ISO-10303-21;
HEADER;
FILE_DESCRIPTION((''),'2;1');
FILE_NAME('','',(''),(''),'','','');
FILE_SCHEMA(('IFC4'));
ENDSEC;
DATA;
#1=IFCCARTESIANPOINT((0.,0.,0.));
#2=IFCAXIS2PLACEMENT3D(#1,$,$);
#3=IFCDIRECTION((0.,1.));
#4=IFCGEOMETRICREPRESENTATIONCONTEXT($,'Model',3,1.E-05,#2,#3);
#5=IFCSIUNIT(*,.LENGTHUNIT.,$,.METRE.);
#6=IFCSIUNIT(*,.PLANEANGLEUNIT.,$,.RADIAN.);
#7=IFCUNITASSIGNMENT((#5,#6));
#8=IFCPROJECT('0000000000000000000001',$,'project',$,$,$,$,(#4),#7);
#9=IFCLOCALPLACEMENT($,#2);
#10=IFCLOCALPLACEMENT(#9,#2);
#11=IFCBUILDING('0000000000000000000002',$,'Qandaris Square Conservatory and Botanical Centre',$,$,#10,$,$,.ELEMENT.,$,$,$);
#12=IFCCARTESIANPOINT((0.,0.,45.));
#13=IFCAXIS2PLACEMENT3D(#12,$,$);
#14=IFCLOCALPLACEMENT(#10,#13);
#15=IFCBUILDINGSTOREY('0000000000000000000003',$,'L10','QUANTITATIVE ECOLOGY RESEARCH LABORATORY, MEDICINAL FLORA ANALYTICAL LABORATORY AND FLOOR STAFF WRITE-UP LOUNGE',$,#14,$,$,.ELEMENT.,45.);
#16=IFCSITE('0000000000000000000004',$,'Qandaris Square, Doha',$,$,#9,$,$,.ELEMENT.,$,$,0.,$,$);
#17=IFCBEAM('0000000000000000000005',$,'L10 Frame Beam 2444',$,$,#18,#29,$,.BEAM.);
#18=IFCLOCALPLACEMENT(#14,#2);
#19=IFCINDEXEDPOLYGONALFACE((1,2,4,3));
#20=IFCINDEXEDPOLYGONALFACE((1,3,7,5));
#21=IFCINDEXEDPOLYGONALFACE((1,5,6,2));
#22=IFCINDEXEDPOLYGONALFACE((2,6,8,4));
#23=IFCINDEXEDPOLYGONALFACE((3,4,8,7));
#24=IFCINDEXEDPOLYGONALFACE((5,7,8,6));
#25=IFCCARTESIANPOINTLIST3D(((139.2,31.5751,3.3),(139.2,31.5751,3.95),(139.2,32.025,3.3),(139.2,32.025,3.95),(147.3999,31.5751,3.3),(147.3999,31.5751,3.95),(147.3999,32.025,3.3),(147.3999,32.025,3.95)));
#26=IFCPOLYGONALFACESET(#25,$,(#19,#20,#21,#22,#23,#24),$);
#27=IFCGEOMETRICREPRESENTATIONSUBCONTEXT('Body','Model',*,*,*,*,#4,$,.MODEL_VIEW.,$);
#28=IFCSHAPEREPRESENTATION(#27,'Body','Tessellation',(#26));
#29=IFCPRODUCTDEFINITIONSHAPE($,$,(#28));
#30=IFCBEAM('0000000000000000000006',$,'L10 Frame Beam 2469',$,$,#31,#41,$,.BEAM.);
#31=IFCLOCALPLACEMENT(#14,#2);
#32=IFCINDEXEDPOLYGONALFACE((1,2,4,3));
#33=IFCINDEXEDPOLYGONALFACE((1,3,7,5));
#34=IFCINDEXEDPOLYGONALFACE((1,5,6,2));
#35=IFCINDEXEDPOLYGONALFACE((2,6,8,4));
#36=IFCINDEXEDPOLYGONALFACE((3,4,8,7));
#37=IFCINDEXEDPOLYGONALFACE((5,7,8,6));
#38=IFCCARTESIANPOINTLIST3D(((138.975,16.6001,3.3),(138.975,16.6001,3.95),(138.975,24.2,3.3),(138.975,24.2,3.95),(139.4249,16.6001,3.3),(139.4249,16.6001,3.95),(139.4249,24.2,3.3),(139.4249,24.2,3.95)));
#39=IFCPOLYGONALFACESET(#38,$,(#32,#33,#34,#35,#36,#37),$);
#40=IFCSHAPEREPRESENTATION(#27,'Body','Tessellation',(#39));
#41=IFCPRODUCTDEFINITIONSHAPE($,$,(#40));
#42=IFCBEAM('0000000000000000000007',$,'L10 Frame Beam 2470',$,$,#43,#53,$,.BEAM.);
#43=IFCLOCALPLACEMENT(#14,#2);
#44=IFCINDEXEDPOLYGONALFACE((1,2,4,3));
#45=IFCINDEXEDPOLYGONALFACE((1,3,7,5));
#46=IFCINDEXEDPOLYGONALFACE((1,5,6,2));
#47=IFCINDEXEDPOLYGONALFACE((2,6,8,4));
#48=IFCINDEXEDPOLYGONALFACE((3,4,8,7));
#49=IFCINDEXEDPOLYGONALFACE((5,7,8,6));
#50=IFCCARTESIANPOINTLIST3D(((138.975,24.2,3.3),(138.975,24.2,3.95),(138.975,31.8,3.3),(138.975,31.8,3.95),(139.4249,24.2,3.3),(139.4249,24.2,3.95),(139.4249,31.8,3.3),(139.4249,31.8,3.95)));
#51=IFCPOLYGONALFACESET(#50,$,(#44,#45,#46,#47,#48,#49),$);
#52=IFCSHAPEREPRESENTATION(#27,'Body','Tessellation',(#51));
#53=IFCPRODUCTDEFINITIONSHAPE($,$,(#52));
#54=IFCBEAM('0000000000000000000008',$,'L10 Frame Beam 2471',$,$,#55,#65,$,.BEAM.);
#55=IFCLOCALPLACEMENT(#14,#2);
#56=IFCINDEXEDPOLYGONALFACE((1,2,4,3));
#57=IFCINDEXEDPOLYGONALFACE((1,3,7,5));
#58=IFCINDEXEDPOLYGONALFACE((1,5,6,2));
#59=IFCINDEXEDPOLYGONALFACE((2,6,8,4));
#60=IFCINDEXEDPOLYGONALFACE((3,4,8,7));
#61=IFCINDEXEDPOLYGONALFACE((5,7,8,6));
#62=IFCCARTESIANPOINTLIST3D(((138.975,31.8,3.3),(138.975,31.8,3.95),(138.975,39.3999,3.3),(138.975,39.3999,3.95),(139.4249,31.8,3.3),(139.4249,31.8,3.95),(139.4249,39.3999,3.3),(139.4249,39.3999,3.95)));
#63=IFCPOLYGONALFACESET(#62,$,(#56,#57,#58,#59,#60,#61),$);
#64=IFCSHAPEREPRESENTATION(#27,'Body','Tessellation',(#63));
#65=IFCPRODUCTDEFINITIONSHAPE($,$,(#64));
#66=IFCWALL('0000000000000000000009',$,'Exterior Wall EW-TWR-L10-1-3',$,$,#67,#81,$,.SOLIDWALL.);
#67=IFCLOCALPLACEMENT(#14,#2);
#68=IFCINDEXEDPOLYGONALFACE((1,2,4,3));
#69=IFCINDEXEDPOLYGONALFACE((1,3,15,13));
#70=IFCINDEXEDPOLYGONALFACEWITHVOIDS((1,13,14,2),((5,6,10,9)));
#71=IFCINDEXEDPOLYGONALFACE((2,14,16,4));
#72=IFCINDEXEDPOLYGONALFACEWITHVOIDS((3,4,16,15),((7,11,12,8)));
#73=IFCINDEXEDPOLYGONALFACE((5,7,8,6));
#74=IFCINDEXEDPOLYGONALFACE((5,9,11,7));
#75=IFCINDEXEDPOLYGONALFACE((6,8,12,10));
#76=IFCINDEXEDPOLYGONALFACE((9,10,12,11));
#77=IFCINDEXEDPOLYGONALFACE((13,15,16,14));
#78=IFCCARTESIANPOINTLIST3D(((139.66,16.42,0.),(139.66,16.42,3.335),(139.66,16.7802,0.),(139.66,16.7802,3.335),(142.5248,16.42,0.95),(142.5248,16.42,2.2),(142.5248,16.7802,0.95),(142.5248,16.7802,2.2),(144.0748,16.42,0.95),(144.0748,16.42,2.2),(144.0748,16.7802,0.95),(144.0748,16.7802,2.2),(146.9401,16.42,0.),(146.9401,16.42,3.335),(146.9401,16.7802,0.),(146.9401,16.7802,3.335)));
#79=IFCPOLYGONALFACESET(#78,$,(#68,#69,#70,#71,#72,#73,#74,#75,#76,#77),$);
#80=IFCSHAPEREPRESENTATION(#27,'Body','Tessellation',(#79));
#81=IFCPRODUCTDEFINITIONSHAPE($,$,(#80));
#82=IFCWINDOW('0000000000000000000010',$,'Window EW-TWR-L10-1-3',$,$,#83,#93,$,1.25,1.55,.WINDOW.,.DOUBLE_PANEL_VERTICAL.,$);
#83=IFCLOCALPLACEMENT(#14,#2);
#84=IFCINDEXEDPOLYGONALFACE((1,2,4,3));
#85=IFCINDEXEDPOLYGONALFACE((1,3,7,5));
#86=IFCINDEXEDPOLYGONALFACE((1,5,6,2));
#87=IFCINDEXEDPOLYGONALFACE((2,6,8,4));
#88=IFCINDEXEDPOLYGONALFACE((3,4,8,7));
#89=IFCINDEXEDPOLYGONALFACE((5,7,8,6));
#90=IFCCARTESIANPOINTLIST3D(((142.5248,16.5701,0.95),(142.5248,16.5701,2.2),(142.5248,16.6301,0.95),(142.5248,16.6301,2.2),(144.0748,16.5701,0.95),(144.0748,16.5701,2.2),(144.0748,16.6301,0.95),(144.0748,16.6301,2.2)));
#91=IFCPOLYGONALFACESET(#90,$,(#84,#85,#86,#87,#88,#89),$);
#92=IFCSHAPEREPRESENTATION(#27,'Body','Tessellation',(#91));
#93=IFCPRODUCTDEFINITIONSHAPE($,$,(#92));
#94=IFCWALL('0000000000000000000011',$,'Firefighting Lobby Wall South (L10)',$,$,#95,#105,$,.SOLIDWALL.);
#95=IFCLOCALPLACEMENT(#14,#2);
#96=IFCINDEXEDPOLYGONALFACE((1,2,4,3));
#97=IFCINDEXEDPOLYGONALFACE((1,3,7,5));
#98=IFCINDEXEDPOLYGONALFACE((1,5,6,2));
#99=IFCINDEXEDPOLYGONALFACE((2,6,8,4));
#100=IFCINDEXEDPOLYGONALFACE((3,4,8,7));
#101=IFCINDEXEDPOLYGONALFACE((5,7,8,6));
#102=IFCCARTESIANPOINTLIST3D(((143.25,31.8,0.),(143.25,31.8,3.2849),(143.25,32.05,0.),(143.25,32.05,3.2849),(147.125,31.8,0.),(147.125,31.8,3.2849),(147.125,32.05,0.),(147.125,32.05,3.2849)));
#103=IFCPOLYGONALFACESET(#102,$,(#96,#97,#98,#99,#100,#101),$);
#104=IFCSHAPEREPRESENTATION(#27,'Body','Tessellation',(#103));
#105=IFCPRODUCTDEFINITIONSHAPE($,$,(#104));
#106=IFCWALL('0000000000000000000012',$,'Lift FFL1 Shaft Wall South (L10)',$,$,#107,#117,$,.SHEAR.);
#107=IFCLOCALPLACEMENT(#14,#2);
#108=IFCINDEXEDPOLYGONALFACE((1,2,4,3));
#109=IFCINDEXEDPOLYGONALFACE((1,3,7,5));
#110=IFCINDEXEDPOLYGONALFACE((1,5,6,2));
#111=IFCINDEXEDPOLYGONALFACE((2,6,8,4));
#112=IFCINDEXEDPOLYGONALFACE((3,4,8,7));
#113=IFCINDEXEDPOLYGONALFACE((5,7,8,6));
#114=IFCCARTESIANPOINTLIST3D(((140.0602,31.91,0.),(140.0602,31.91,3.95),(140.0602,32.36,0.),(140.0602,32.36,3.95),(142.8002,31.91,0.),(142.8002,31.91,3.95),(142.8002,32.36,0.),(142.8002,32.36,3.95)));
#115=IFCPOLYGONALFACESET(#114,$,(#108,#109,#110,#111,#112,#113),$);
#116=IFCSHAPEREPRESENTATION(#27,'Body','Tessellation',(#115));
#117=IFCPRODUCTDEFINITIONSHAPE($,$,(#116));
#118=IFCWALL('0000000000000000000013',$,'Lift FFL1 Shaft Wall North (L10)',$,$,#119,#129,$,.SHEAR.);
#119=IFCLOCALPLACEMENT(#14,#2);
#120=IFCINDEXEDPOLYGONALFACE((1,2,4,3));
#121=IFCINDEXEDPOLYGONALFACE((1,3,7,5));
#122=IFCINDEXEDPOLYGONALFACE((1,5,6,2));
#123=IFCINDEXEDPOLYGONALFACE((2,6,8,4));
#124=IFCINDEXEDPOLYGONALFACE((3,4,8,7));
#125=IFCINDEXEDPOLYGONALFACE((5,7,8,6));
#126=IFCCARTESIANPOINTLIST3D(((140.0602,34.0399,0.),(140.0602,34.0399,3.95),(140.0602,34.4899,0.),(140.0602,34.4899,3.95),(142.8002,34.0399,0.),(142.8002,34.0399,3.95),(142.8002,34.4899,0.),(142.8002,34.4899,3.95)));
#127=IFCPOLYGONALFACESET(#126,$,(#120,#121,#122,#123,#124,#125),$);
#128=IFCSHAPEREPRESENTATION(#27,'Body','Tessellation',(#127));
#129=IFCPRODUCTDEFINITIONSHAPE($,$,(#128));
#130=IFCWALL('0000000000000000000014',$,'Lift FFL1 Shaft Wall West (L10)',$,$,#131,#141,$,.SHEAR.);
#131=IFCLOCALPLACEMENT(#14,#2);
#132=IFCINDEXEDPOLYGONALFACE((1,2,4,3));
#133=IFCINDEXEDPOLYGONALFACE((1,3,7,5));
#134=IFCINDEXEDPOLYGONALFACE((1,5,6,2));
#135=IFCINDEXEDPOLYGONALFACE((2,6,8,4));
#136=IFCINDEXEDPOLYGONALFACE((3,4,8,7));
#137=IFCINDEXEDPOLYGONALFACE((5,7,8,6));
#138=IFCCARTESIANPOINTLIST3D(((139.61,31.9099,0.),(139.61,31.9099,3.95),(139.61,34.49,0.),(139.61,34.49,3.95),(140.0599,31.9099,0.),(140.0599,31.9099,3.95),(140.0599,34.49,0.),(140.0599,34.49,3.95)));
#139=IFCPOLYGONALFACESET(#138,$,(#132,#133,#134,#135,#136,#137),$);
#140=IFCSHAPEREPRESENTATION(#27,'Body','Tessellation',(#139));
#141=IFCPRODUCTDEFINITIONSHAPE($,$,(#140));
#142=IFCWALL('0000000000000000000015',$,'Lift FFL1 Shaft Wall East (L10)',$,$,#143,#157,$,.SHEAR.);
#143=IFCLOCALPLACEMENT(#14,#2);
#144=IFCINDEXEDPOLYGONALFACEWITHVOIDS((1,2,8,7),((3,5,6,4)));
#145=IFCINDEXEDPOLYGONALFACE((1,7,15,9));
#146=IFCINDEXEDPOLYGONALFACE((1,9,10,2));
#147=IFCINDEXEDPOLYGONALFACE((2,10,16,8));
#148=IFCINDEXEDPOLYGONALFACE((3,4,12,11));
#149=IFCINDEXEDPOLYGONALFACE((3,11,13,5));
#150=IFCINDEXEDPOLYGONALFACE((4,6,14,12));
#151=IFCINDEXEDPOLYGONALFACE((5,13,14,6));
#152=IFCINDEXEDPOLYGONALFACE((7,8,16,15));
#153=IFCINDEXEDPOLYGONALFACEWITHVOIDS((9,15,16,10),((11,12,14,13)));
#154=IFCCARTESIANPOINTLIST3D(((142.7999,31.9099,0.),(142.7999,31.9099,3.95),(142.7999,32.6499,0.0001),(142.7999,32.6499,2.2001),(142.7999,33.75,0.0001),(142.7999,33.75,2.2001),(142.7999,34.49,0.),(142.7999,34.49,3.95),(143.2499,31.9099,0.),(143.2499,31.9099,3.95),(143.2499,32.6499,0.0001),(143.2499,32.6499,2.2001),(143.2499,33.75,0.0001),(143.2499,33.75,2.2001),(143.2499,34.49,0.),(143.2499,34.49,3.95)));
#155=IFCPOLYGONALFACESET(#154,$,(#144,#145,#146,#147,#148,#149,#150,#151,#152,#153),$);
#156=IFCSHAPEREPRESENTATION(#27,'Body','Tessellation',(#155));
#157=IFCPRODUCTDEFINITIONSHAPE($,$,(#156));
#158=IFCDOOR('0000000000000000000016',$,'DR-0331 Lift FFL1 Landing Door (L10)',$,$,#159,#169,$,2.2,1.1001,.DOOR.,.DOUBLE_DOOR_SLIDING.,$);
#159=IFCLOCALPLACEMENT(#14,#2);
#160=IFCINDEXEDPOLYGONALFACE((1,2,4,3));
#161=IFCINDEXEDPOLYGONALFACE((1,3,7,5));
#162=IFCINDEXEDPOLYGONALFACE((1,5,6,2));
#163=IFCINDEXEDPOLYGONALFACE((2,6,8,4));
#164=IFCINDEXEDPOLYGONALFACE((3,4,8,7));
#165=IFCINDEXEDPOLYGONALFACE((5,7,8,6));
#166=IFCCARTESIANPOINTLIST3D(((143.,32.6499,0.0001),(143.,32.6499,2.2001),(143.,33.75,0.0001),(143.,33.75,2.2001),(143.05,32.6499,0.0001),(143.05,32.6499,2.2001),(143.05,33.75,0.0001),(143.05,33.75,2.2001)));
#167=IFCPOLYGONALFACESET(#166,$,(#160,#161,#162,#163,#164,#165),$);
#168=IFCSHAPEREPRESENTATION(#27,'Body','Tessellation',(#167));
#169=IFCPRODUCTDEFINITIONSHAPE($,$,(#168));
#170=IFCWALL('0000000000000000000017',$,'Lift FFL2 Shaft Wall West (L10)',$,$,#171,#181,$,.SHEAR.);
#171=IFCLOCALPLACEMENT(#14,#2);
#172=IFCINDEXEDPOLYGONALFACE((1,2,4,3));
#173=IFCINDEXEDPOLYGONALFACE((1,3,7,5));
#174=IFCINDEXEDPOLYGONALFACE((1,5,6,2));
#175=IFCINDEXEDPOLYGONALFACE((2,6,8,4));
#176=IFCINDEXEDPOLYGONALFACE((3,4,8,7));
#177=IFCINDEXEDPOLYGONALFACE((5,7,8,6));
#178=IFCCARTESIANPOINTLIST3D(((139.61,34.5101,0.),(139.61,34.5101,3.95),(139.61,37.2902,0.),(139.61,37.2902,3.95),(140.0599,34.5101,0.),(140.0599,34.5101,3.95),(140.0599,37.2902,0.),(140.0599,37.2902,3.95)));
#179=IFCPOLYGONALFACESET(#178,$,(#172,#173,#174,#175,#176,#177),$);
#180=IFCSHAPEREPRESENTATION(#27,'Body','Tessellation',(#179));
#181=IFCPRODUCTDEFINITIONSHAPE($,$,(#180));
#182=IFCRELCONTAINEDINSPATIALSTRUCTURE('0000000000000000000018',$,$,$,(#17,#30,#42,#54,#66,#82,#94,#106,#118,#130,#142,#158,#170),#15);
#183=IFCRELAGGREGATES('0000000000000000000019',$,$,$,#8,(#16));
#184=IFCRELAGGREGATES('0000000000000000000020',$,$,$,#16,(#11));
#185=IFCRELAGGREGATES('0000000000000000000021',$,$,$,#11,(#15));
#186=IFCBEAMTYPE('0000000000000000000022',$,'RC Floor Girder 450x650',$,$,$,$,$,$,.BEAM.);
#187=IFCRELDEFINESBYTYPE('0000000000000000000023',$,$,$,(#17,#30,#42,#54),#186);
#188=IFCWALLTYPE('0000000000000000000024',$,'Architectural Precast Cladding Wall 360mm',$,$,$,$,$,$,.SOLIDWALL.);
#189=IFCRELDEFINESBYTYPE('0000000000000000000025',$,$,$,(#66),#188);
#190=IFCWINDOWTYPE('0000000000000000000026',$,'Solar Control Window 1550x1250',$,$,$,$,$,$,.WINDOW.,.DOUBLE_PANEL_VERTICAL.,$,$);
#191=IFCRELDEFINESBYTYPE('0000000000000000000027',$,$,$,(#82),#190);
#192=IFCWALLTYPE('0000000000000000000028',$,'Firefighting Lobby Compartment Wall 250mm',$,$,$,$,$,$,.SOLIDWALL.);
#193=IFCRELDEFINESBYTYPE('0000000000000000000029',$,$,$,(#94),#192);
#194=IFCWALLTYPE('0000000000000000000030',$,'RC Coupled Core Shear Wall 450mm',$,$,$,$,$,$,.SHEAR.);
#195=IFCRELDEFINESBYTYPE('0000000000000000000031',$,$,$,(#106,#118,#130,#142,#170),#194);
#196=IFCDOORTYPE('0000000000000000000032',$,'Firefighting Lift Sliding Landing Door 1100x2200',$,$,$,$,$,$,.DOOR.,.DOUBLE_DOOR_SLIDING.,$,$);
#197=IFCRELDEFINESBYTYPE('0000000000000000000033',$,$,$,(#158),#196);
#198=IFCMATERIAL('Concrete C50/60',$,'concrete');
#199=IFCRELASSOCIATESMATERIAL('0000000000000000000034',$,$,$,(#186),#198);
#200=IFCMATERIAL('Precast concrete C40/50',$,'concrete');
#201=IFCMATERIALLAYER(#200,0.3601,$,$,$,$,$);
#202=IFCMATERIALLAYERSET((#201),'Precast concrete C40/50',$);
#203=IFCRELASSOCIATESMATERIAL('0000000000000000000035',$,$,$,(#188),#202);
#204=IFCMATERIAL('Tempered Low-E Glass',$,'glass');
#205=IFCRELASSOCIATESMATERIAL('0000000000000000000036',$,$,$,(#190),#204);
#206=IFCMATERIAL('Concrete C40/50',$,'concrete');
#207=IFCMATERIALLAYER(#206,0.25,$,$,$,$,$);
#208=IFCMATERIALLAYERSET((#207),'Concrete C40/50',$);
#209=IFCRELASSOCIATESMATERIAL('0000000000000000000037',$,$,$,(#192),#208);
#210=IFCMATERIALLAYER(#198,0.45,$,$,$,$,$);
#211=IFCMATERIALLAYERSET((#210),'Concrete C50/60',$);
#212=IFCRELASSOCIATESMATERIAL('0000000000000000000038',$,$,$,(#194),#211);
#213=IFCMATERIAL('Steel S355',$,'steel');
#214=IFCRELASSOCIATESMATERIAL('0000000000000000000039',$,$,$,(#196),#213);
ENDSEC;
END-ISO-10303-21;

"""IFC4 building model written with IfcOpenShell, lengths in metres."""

from ifc_helpers import new_model, si_unit, direction, frame, frame_2d, origin, origin_2d, place, context, subcontext, project, spatial, rectangle, extrude, material, layer, layer_set, material_profile, profile_set, type_object, element, fill, save


model = new_model("IFC4")

# Units and contexts
model_context = context("Model", 3, precision=1e-05, world=origin(), true_north=direction((0.0, 1.0)))
body_context = subcontext(model_context, "Body", "Model", "MODEL_VIEW")
ifc_project = project(units=[si_unit("LENGTHUNIT", "METRE"), si_unit("PLANEANGLEUNIT", "RADIAN")], contexts=[model_context])

# Site, building, storey
site_placement = place(None, origin())
site = spatial("IfcSite", under=ifc_project, at=site_placement, Name="Qandaris Square, Doha", CompositionType="ELEMENT", RefElevation=0.0)
building_placement = place(site_placement, origin())
building = spatial("IfcBuilding", under=site, at=building_placement, Name="Qandaris Square Conservatory and Botanical Centre", CompositionType="ELEMENT")
storey_placement = place(building_placement, frame((0.0, 0.0, 45.0)))
storey = spatial("IfcBuildingStorey", under=building, at=storey_placement, Name="L10", Description="QUANTITATIVE ECOLOGY RESEARCH LABORATORY, MEDICINAL FLORA ANALYTICAL LABORATORY AND FLOOR STAFF WRITE-UP LOUNGE", CompositionType="ELEMENT", Elevation=45.0)

# Shared definitions
ifc_material_1 = material(Name="Concrete C50/60", Category="concrete")

# Beams
ifc_material_2 = material(Name="Steel S355", Category="steel")
ifc_material_profile_1 = material_profile(ifc_material_1, rectangle(XDim=0.45, YDim=0.6499, at=origin_2d()), Name="RC-BM 450x650")
ifc_profile_set_1 = profile_set([ifc_material_profile_1], Name="Concrete C50/60")
beam_type_1 = type_object("IfcBeamType", Name="RC Floor Girder 450x650", PredefinedType="BEAM", material=ifc_profile_set_1)
for number, where, z_axis, x_axis, name in (
    (1, (139.2, 31.8, 3.625), (1.0, 0.0, 0.0), (0.0, 1.0, 0.0), "L10 Frame Beam 2444"),
):
    element("IfcBeam", number, at=place(storey_placement, frame(where, z_axis=z_axis, x_axis=x_axis)), inside=storey, type_object=beam_type_1, Name=name, PredefinedType="BEAM", context=body_context, shape_type="SweptSolid", body=[
        extrude(rectangle(XDim=0.45, YDim=0.6499, at=origin_2d()), origin(), (0.0, 0.0, 1.0), 8.2),
    ])
beam_1_placement = place(storey_placement, frame((139.2, 16.6001, 3.625), z_axis=(0.0, 1.0, 0.0), x_axis=(-1.0, 0.0, 0.0)))
element("IfcBeam", 2, at=beam_1_placement, inside=storey, type_object=beam_type_1, Name="L10 Frame Beam 2469", PredefinedType="BEAM", context=body_context, shape_type="SweptSolid", body=[
    extrude(rectangle(XDim=0.45, YDim=0.6499, at=origin_2d()), origin(), (0.0, 0.0, 1.0), 7.5999),
])
beam_2_placement = place(storey_placement, frame((139.2, 24.2, 3.625), z_axis=(0.0, 1.0, 0.0), x_axis=(-1.0, 0.0, 0.0)))
element("IfcBeam", 3, at=beam_2_placement, inside=storey, type_object=beam_type_1, Name="L10 Frame Beam 2470", PredefinedType="BEAM", context=body_context, shape_type="SweptSolid", body=[
    extrude(rectangle(XDim=0.45, YDim=0.6499, at=origin_2d()), origin(), (0.0, 0.0, 1.0), 7.6001),
])
beam_3_placement = place(storey_placement, frame((139.2, 31.8, 3.625), z_axis=(0.0, 1.0, 0.0), x_axis=(-1.0, 0.0, 0.0)))
element("IfcBeam", 4, at=beam_3_placement, inside=storey, type_object=beam_type_1, Name="L10 Frame Beam 2471", PredefinedType="BEAM", context=body_context, shape_type="SweptSolid", body=[
    extrude(rectangle(XDim=0.45, YDim=0.6499, at=origin_2d()), origin(), (0.0, 0.0, 1.0), 7.5999),
])

# Wall, opening, window
ifc_material_3 = material(Name="Precast concrete C40/50", Category="concrete")
ifc_layer_1 = layer(ifc_material_3, 0.3601)
ifc_layer_set_1 = layer_set([ifc_layer_1], Name="Precast concrete C40/50")
wall_type_1 = type_object("IfcWallType", Name="Architectural Precast Cladding Wall 360mm", PredefinedType="SOLIDWALL", material=ifc_layer_set_1)
wall_1_placement = place(storey_placement, frame((139.6599, 16.6001, 0.0), z_axis=(0.0, 0.0, 1.0), x_axis=(1.0, 0.0, 0.0)))
wall_1 = element("IfcWall", 5, at=wall_1_placement, inside=storey, type_object=wall_type_1, Name="Exterior Wall EW-TWR-L10-1-3", PredefinedType="SOLIDWALL", context=body_context, shape_type="SweptSolid", body=[
    extrude(rectangle(XDim=7.28, YDim=0.3601, at=frame_2d((3.6401, 0.0))), origin(), (0.0, 0.0, 1.0), 3.335),
])
opening_1_placement = place(wall_1_placement, frame((2.865, 0.0, 0.95)))
opening_1 = element("IfcOpeningElement", 6, at=opening_1_placement, cuts=wall_1, PredefinedType="OPENING", context=body_context, shape_type="SweptSolid", body=[
    extrude(rectangle(XDim=1.55, YDim=1.25, at=frame_2d((0.7749, 0.625))), frame((0.0, 0.1919, 0.0), z_axis=(0.0, -1.0, 0.0), x_axis=(1.0, 0.0, 0.0)), (0.0, 0.0, 1.0), 0.384),
])
ifc_material_4 = material(Name="Tempered Low-E Glass", Category="glass")
window_type = type_object("IfcWindowType", Name="Solar Control Window 1550x1250", PartitioningType="DOUBLE_PANEL_VERTICAL", PredefinedType="WINDOW", material=ifc_material_4)
window_placement = place(opening_1_placement, origin())
window = element("IfcWindow", 7, at=window_placement, inside=storey, type_object=window_type, Name="Window EW-TWR-L10-1-3", OverallHeight=1.25, OverallWidth=1.55, PartitioningType="DOUBLE_PANEL_VERTICAL", PredefinedType="WINDOW", context=body_context, shape_type="SweptSolid", body=[
    extrude(rectangle(XDim=1.55, YDim=1.25, at=frame_2d((0.7749, 0.625))), frame((0.0, 0.03, 0.0), z_axis=(0.0, -1.0, 0.0), x_axis=(1.0, 0.0, 0.0)), (0.0, 0.0, 1.0), 0.0601),
])
fill(opening_1, window)

# Walls
ifc_material_5 = material(Name="Concrete C40/50", Category="concrete")
ifc_layer_2 = layer(ifc_material_5, 0.25)
ifc_layer_set_2 = layer_set([ifc_layer_2], Name="Concrete C40/50")
wall_type_2 = type_object("IfcWallType", Name="Firefighting Lobby Compartment Wall 250mm", PredefinedType="SOLIDWALL", material=ifc_layer_set_2)
wall_2_placement = place(storey_placement, frame((143.25, 31.925, 0.0), z_axis=(0.0, 0.0, 1.0), x_axis=(1.0, 0.0, 0.0)))
element("IfcWall", 8, at=wall_2_placement, inside=storey, type_object=wall_type_2, Name="Firefighting Lobby Wall South (L10)", PredefinedType="SOLIDWALL", context=body_context, shape_type="SweptSolid", body=[
    extrude(rectangle(XDim=3.875, YDim=0.25, at=frame_2d((1.9375, 0.0))), origin(), (0.0, 0.0, 1.0), 3.2849),
])
ifc_layer_3 = layer(ifc_material_1, 0.45)
ifc_layer_set_3 = layer_set([ifc_layer_3], Name="Concrete C50/60")
wall_type_3 = type_object("IfcWallType", Name="RC Coupled Core Shear Wall 450mm", PredefinedType="SHEAR", material=ifc_layer_set_3)
for number, where, z_axis, x_axis, name in (
    (9, (140.0601, 32.135, 0.0), (0.0, 0.0, 1.0), (1.0, 0.0, 0.0), "Lift FFL1 Shaft Wall South (L10)"),
    (10, (140.0601, 34.2649, 0.0), (0.0, 0.0, 1.0), (1.0, 0.0, 0.0), "Lift FFL1 Shaft Wall North (L10)"),
):
    element("IfcWall", number, at=place(storey_placement, frame(where, z_axis=z_axis, x_axis=x_axis)), inside=storey, type_object=wall_type_3, Name=name, PredefinedType="SHEAR", context=body_context, shape_type="SweptSolid", body=[
        extrude(rectangle(XDim=2.74, YDim=0.45, at=frame_2d((1.3701, 0.0))), origin(), (0.0, 0.0, 1.0), 3.95),
    ])
wall_3_placement = place(storey_placement, frame((139.835, 31.9099, 0.0), z_axis=(0.0, 0.0, 1.0), x_axis=(0.0, 1.0, 0.0)))
element("IfcWall", 11, at=wall_3_placement, inside=storey, type_object=wall_type_3, Name="Lift FFL1 Shaft Wall West (L10)", PredefinedType="SHEAR", context=body_context, shape_type="SweptSolid", body=[
    extrude(rectangle(XDim=2.5801, YDim=0.45, at=frame_2d((1.29, 0.0))), origin(), (0.0, 0.0, 1.0), 3.95),
])

# Wall, opening, door
wall_4_placement = place(storey_placement, frame((143.0249, 31.9099, 0.0), z_axis=(0.0, 0.0, 1.0), x_axis=(0.0, 1.0, 0.0)))
wall_4 = element("IfcWall", 12, at=wall_4_placement, inside=storey, type_object=wall_type_3, Name="Lift FFL1 Shaft Wall East (L10)", PredefinedType="SHEAR", context=body_context, shape_type="SweptSolid", body=[
    extrude(rectangle(XDim=2.5801, YDim=0.45, at=frame_2d((1.29, 0.0))), origin(), (0.0, 0.0, 1.0), 3.95),
])
opening_2_placement = place(wall_4_placement, frame((0.74, 0.0, 0.0)))
opening_2 = element("IfcOpeningElement", 13, at=opening_2_placement, cuts=wall_4, PredefinedType="OPENING", context=body_context, shape_type="SweptSolid", body=[
    extrude(rectangle(XDim=1.1001, YDim=2.2, at=frame_2d((0.55, 1.1001))), frame((0.0, 0.2368, 0.0), z_axis=(0.0, -1.0, 0.0), x_axis=(1.0, 0.0, 0.0)), (0.0, 0.0, 1.0), 0.4739),
])
door_type_1 = type_object("IfcDoorType", Name="Firefighting Lift Sliding Landing Door 1100x2200", OperationType="DOUBLE_DOOR_SLIDING", PredefinedType="DOOR", material=ifc_material_2)
door_1_placement = place(opening_2_placement, origin())
door_1 = element("IfcDoor", 14, at=door_1_placement, inside=storey, type_object=door_type_1, Name="DR-0331 Lift FFL1 Landing Door (L10)", OperationType="DOUBLE_DOOR_SLIDING", OverallHeight=2.2, OverallWidth=1.1001, PredefinedType="DOOR", context=body_context, shape_type="SweptSolid", body=[
    extrude(rectangle(XDim=1.1001, YDim=2.2, at=frame_2d((0.55, 1.1001))), frame((0.0, 0.0249, 0.0), z_axis=(0.0, -1.0, 0.0), x_axis=(1.0, 0.0, 0.0)), (0.0, 0.0, 1.0), 0.05),
])
fill(opening_2, door_1)

# Wall
wall_5_placement = place(storey_placement, frame((139.835, 34.51, 0.0), z_axis=(0.0, 0.0, 1.0), x_axis=(0.0, 1.0, 0.0)))
element("IfcWall", 15, at=wall_5_placement, inside=storey, type_object=wall_type_3, Name="Lift FFL2 Shaft Wall West (L10)", PredefinedType="SHEAR", context=body_context, shape_type="SweptSolid", body=[
    extrude(rectangle(XDim=2.78, YDim=0.45, at=frame_2d((1.3901, 0.0))), origin(), (0.0, 0.0, 1.0), 3.95),
])

save(model, "model.ifc")
